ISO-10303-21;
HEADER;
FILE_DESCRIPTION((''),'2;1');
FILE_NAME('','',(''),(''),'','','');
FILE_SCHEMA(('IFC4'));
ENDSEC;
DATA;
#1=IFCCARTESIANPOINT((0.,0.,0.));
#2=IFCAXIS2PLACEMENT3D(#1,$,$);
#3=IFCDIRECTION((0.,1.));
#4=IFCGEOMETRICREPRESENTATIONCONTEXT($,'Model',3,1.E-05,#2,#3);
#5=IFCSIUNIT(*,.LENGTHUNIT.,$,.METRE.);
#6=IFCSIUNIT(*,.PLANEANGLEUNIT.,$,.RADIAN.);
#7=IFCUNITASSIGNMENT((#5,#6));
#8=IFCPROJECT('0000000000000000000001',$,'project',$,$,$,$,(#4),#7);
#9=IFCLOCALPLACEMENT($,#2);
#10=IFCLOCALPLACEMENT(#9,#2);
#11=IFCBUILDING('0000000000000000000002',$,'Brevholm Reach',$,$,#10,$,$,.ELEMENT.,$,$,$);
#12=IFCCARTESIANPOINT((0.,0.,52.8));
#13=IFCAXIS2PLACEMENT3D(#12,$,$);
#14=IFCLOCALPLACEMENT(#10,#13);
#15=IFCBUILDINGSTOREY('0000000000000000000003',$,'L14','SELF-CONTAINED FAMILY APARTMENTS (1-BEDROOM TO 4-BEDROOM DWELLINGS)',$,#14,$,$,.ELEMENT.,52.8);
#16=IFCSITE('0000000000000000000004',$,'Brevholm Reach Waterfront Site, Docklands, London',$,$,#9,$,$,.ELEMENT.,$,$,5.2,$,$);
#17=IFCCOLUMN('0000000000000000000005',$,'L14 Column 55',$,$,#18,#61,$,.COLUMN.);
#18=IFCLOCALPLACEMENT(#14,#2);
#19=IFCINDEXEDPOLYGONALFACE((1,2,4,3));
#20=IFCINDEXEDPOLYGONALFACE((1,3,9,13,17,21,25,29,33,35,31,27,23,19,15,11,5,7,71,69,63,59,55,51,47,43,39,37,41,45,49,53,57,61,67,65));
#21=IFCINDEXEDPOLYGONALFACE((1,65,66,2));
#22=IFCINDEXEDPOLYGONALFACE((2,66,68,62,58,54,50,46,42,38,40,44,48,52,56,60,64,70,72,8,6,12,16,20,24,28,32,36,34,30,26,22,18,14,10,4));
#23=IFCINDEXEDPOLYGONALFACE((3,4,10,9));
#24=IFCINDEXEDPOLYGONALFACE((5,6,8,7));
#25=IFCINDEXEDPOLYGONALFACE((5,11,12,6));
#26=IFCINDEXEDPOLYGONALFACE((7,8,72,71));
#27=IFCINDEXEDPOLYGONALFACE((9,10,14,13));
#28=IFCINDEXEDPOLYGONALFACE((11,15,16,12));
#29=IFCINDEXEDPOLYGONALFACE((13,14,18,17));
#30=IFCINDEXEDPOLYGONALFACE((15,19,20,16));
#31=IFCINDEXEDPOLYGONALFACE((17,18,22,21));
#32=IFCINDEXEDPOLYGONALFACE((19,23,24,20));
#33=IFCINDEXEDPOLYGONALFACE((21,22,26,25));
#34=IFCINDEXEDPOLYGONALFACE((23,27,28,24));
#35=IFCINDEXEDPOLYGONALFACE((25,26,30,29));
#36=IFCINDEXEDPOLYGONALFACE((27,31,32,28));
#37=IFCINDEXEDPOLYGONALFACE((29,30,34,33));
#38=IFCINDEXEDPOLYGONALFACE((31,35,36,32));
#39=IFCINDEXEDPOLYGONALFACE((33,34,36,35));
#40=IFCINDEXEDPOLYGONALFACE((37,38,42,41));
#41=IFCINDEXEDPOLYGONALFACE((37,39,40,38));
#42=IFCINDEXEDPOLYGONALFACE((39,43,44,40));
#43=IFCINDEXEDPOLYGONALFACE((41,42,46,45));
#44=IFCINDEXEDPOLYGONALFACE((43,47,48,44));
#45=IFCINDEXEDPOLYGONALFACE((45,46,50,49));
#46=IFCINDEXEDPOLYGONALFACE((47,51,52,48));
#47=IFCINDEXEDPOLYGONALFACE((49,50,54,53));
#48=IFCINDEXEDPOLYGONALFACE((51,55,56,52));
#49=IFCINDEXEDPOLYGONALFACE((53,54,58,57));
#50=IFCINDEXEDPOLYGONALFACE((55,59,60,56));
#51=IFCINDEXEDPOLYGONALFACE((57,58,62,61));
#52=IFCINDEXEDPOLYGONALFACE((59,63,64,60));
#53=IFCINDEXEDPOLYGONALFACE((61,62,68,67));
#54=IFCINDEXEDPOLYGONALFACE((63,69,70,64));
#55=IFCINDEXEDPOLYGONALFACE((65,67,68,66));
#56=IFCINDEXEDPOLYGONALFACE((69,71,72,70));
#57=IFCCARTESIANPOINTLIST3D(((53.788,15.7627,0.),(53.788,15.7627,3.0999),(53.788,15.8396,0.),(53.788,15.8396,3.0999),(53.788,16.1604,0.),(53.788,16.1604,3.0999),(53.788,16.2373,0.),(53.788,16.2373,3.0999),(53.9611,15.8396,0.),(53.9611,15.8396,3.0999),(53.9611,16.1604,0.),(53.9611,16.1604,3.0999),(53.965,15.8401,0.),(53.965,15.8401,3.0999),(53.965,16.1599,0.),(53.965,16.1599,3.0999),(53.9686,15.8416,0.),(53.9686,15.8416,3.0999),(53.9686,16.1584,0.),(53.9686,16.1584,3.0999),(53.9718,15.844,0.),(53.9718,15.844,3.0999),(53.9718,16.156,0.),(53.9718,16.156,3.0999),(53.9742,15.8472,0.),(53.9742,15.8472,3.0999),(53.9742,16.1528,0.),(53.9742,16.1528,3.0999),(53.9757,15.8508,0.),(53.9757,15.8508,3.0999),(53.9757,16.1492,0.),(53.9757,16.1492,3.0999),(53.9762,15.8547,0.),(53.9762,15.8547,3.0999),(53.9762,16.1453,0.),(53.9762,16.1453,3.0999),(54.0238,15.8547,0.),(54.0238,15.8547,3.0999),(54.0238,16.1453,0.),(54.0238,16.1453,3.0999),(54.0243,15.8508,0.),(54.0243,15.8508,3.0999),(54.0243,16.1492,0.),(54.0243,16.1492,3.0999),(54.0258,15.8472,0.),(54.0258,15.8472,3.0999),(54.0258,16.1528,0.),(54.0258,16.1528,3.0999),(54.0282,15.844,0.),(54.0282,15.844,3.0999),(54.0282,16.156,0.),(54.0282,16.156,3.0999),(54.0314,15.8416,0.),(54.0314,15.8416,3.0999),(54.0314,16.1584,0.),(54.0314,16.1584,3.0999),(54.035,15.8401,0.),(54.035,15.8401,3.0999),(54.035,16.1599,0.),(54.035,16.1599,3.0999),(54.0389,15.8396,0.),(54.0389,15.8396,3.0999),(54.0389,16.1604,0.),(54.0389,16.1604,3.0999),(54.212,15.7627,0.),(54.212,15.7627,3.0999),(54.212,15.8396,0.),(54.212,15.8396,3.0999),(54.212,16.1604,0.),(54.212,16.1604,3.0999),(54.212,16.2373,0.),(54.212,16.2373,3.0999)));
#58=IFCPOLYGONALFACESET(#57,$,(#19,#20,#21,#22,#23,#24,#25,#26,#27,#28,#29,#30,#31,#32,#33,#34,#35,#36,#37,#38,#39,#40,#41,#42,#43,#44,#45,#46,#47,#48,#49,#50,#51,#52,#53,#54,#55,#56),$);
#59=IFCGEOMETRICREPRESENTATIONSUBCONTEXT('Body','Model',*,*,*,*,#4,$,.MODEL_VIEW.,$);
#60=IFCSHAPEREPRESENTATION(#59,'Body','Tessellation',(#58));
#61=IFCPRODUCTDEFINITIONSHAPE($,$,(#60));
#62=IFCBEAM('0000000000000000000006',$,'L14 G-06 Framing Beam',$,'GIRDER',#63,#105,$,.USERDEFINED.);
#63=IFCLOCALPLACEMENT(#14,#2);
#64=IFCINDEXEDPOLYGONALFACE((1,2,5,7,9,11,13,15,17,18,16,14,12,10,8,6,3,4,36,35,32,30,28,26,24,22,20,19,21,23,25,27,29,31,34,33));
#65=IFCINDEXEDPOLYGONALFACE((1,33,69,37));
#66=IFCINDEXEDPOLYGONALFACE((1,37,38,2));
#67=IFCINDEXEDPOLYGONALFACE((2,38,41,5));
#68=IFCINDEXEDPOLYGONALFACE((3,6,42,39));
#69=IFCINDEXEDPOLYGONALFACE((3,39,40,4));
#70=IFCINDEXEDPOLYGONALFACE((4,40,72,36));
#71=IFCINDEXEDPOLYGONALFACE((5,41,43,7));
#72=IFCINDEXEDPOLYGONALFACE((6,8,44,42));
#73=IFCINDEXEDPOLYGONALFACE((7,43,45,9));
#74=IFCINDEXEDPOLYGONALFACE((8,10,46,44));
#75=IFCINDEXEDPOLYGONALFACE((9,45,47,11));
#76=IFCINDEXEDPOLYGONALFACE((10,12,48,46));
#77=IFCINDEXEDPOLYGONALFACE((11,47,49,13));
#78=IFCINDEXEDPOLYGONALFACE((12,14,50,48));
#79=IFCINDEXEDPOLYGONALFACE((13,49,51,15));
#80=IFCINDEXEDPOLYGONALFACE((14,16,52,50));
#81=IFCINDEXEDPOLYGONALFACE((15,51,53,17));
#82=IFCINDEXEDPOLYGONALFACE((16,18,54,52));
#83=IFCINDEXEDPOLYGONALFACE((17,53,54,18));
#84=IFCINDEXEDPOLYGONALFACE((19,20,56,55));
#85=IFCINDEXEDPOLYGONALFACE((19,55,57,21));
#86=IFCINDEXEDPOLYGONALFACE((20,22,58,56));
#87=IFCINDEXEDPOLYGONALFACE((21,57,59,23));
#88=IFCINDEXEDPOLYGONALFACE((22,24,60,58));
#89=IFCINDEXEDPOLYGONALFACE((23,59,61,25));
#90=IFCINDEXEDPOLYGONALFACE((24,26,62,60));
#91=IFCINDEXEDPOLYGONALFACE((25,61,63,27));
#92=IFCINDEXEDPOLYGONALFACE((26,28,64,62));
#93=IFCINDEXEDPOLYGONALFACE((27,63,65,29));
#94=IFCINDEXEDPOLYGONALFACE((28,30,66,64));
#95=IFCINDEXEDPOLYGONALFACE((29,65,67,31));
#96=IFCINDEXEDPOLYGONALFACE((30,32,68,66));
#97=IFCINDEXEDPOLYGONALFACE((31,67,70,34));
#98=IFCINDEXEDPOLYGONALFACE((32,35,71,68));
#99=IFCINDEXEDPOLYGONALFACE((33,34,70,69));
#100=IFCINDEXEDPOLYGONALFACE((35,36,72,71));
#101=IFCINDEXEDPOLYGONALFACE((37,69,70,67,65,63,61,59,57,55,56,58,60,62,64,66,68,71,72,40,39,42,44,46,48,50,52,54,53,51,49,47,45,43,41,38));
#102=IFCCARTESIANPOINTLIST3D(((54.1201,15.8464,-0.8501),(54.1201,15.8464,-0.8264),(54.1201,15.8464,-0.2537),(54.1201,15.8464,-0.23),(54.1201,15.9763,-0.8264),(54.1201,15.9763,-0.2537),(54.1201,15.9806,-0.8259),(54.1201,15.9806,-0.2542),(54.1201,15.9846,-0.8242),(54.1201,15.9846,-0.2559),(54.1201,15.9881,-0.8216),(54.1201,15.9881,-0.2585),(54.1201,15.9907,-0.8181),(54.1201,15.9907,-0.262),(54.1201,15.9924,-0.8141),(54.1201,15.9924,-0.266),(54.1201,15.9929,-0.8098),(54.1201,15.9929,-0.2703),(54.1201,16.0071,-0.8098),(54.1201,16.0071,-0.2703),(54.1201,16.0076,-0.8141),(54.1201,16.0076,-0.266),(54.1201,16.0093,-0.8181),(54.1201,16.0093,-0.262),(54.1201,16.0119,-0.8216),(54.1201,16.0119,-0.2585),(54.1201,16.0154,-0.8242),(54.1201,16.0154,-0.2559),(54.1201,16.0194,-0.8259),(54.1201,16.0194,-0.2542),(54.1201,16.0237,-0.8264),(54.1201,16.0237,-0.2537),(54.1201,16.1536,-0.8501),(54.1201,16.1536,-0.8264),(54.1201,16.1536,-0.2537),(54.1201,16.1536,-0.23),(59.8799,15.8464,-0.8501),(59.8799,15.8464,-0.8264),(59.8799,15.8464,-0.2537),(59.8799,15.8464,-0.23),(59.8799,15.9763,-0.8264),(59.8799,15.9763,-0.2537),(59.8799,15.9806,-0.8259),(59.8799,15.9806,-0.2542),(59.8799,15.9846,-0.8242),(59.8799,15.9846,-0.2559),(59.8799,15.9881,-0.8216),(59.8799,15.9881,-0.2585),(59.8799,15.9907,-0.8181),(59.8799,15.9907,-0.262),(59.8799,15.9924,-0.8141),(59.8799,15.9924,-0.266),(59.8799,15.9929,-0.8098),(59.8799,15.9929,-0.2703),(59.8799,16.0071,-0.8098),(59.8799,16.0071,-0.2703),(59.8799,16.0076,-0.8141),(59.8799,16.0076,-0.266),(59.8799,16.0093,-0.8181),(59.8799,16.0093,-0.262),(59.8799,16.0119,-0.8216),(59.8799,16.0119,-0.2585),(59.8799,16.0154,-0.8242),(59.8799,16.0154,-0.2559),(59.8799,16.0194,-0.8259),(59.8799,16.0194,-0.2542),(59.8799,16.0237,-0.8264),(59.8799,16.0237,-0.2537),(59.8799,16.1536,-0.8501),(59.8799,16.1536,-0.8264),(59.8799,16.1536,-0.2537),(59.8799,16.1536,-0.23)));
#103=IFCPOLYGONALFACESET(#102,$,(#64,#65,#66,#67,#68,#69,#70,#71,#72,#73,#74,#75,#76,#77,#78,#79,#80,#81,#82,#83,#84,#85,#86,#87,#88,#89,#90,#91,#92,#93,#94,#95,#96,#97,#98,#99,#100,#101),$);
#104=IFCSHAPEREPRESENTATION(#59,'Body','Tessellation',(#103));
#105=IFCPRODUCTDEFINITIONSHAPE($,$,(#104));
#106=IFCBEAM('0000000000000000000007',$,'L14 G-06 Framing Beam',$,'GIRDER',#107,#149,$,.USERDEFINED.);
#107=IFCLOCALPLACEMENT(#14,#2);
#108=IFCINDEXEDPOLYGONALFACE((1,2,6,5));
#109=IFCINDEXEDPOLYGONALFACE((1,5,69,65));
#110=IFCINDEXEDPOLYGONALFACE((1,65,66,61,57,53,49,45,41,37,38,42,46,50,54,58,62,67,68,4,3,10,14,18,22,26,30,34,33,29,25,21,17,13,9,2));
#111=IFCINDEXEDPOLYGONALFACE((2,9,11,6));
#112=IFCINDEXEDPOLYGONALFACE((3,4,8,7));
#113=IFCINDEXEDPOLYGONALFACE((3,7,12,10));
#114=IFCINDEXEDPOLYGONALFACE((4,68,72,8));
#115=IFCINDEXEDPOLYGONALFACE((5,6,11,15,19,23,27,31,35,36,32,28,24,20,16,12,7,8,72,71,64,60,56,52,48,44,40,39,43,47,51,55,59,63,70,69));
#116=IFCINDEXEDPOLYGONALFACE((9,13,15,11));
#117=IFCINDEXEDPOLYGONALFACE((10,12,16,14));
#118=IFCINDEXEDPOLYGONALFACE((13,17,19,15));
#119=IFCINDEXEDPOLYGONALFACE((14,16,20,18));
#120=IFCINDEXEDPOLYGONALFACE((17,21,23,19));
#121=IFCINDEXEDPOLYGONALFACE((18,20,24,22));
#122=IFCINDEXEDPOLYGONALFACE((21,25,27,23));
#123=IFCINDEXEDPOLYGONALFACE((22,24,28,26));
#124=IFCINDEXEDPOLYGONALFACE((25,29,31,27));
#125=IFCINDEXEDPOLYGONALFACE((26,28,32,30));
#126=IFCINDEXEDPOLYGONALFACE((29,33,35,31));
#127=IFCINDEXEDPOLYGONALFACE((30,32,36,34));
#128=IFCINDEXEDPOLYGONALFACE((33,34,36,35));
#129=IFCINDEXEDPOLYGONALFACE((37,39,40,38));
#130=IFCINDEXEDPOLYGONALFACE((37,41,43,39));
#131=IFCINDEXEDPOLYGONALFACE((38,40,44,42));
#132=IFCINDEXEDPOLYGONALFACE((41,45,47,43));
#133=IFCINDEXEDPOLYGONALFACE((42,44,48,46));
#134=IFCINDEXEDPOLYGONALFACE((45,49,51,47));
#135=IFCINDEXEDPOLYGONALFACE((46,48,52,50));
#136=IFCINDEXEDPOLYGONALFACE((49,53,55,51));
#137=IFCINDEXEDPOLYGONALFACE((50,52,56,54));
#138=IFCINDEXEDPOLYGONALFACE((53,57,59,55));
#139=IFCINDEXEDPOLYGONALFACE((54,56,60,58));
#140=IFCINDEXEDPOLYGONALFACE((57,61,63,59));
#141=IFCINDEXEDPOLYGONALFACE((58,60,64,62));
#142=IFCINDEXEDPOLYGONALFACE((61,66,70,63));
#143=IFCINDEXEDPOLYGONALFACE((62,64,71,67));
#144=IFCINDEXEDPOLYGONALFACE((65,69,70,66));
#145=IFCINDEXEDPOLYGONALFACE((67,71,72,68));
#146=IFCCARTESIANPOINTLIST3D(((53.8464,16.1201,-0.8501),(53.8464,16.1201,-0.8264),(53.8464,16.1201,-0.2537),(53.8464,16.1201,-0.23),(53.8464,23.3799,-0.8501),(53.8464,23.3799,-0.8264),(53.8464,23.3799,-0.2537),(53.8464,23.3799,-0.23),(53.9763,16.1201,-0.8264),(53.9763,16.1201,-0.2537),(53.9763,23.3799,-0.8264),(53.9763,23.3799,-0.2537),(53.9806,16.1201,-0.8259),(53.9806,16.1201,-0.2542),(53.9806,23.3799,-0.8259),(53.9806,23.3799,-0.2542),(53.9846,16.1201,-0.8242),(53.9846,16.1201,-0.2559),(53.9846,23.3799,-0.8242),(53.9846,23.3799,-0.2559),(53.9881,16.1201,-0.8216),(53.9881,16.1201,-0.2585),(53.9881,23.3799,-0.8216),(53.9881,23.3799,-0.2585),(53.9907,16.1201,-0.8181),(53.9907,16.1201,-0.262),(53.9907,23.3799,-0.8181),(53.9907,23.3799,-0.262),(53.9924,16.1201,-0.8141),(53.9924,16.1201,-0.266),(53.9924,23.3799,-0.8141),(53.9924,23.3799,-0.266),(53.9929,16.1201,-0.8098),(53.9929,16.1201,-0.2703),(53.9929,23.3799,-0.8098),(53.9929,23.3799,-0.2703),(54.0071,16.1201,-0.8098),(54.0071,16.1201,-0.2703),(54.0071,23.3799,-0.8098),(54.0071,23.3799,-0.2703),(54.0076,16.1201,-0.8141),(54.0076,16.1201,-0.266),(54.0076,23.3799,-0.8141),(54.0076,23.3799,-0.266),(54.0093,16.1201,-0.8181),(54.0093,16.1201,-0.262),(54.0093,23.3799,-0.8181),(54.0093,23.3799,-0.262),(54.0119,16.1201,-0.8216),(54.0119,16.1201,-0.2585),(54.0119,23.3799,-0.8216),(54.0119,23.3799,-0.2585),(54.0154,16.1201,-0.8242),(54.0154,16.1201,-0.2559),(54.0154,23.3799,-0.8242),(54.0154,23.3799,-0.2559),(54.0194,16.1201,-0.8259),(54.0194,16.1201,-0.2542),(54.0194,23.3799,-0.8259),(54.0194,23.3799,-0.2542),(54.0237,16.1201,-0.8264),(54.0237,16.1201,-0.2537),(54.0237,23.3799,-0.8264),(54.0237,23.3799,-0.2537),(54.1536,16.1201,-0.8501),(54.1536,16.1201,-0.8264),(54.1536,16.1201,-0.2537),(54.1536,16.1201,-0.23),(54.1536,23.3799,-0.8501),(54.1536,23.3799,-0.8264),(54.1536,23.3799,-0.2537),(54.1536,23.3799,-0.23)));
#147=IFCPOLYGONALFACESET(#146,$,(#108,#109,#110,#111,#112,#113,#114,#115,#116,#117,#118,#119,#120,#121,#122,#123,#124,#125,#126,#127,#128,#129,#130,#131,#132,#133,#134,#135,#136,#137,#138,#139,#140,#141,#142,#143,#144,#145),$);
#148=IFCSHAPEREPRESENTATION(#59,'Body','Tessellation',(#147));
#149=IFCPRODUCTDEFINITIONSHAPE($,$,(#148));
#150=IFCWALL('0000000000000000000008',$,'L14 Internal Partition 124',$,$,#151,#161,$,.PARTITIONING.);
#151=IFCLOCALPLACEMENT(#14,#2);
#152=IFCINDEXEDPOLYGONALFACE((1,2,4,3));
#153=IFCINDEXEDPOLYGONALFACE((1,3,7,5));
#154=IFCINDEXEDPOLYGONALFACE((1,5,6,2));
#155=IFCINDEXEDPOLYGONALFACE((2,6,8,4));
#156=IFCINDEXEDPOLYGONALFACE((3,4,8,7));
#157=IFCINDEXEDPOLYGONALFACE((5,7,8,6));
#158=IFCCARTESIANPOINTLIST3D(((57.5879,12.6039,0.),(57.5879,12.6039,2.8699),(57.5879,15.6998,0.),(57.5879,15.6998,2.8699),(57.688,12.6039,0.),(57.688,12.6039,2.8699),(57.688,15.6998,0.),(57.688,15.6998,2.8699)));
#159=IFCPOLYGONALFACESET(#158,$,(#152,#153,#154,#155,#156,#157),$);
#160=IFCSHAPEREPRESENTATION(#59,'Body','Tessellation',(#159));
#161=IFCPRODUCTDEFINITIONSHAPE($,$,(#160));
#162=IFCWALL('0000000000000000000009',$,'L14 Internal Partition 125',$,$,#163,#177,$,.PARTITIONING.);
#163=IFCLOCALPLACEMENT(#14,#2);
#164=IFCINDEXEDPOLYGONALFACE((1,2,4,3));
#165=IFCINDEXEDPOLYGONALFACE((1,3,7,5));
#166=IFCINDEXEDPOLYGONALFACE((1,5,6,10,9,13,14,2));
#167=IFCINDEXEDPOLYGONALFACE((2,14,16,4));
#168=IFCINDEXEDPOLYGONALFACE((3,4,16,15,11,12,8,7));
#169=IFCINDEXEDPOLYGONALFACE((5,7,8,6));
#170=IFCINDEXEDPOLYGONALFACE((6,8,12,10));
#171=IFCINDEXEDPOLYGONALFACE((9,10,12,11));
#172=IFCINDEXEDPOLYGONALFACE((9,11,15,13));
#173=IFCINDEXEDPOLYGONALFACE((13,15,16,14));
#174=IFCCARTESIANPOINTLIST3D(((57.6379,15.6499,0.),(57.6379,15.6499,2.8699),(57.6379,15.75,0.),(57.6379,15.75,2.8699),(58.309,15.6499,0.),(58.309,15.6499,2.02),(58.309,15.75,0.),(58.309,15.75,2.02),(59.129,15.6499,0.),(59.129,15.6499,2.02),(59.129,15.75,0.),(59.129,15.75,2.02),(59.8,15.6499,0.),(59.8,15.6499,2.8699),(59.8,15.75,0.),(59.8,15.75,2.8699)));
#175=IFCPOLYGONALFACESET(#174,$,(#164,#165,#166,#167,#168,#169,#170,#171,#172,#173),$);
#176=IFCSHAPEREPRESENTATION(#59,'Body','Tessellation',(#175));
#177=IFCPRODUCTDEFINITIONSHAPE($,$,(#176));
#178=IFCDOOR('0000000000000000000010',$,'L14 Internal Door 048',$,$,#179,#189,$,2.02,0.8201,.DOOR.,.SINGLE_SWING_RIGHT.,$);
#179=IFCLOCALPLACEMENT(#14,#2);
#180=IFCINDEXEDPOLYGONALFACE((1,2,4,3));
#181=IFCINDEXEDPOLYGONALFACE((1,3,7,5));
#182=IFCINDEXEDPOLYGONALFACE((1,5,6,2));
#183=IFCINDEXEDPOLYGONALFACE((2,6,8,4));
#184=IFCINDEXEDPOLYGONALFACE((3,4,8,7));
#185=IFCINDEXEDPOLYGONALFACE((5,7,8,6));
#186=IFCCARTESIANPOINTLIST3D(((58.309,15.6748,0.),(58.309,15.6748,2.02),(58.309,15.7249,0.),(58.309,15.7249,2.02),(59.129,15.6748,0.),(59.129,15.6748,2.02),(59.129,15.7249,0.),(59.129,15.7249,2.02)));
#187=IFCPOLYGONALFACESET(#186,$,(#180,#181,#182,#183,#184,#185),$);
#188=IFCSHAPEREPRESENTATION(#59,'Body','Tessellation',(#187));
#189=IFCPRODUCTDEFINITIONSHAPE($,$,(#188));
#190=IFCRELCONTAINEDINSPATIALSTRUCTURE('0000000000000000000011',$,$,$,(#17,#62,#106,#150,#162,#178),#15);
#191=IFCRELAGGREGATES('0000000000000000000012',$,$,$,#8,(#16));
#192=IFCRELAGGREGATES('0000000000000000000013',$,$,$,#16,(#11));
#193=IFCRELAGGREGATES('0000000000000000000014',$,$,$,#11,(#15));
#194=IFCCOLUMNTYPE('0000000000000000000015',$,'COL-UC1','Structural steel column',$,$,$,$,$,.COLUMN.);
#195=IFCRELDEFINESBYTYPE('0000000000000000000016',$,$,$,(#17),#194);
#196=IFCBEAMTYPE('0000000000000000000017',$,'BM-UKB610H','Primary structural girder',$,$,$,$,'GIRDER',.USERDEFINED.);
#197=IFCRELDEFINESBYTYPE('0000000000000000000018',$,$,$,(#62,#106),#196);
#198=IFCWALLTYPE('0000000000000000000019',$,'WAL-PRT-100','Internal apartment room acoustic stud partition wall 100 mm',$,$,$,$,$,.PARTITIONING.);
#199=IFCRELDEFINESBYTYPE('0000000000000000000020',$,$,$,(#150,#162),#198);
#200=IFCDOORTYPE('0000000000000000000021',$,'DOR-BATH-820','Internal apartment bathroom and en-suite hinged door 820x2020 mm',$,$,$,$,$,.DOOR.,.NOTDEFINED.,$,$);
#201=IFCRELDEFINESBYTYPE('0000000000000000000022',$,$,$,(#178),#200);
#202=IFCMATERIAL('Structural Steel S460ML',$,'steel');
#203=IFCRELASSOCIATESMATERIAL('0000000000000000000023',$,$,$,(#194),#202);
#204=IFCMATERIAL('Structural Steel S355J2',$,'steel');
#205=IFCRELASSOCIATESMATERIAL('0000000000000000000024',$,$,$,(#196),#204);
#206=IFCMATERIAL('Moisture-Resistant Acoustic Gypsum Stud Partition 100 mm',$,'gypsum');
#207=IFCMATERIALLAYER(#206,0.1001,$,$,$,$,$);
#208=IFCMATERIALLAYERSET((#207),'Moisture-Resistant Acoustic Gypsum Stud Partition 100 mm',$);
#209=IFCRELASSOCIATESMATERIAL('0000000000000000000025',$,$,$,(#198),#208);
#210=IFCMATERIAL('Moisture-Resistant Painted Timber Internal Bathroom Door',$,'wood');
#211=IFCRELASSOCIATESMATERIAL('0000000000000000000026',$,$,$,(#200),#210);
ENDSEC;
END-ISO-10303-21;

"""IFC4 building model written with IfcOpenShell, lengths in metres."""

from ifc_helpers import new_model, si_unit, direction, frame, frame_2d, origin, origin_2d, place, context, subcontext, project, spatial, rectangle, i_section, extrude, material, layer, layer_set, material_profile, profile_set, type_object, element, fill, save


model = new_model("IFC4")

# Units and contexts
model_context = context("Model", 3, precision=1e-05, world=origin(), true_north=direction((0.0, 1.0)))
body_context = subcontext(model_context, "Body", "Model", "MODEL_VIEW")
ifc_project = project(units=[si_unit("LENGTHUNIT", "METRE"), si_unit("PLANEANGLEUNIT", "RADIAN")], contexts=[model_context])

# Site, building, storey
site_placement = place(None, origin())
site = spatial("IfcSite", under=ifc_project, at=site_placement, Name="Brevholm Reach Waterfront Site, Docklands, London", CompositionType="ELEMENT", RefElevation=5.2)
building_placement = place(site_placement, origin())
building = spatial("IfcBuilding", under=site, at=building_placement, Name="Brevholm Reach", CompositionType="ELEMENT")
storey_placement = place(building_placement, frame((0.0, 0.0, 52.8)))
storey = spatial("IfcBuildingStorey", under=building, at=storey_placement, Name="L14", Description="SELF-CONTAINED FAMILY APARTMENTS (1-BEDROOM TO 4-BEDROOM DWELLINGS)", CompositionType="ELEMENT", Elevation=52.8)

# Column
ifc_material_1 = material(Name="Structural Steel S460ML", Category="steel")
ifc_material_profile_1 = material_profile(ifc_material_1, i_section(OverallWidth=0.4241, OverallDepth=0.4746, WebThickness=0.0476, FlangeThickness=0.0769, FilletRadius=0.0151, at=origin_2d()), Name="UKC 356x406x634")
ifc_profile_set_1 = profile_set([ifc_material_profile_1], Name="Structural Steel S460ML")
column_type = type_object("IfcColumnType", Name="COL-UC1", Description="Structural steel column", PredefinedType="COLUMN", material=ifc_profile_set_1)
column_placement = place(storey_placement, frame((54.0, 16.0, 0.0), z_axis=(0.0, 0.0, 1.0), x_axis=(1.0, 0.0, 0.0)))
element("IfcColumn", 1, at=column_placement, inside=storey, type_object=column_type, Name="L14 Column 55", PredefinedType="COLUMN", context=body_context, shape_type="SweptSolid", body=[
    extrude(i_section(OverallWidth=0.4241, OverallDepth=0.4746, WebThickness=0.0476, FlangeThickness=0.0769, FilletRadius=0.0151, at=origin_2d()), origin(), (0.0, 0.0, 1.0), 3.0999),
])

# Beams
ifc_material_2 = material(Name="Structural Steel S355J2", Category="steel")
ifc_material_profile_2 = material_profile(ifc_material_2, i_section(OverallWidth=0.3071, OverallDepth=0.6201, WebThickness=0.0142, FlangeThickness=0.0237, FilletRadius=0.0166, at=origin_2d()), Name="UKB 610x305x179")
ifc_profile_set_2 = profile_set([ifc_material_profile_2], Name="Structural Steel S355J2")
beam_type = type_object("IfcBeamType", Name="BM-UKB610H", Description="Primary structural girder", ElementType="GIRDER", PredefinedType="USERDEFINED", material=ifc_profile_set_2)
beam_1_placement = place(storey_placement, frame((54.1201, 16.0, -0.54), z_axis=(1.0, 0.0, 0.0), x_axis=(0.0, 1.0, 0.0)))
element("IfcBeam", 2, at=beam_1_placement, inside=storey, type_object=beam_type, Name="L14 G-06 Framing Beam", ObjectType="GIRDER", PredefinedType="USERDEFINED", context=body_context, shape_type="SweptSolid", body=[
    extrude(i_section(OverallWidth=0.3071, OverallDepth=0.6201, WebThickness=0.0142, FlangeThickness=0.0237, FilletRadius=0.0166, at=origin_2d()), origin(), (0.0, 0.0, 1.0), 5.7598),
])
beam_2_placement = place(storey_placement, frame((54.0, 16.1201, -0.54), z_axis=(0.0, 1.0, 0.0), x_axis=(-1.0, 0.0, 0.0)))
element("IfcBeam", 3, at=beam_2_placement, inside=storey, type_object=beam_type, Name="L14 G-06 Framing Beam", ObjectType="GIRDER", PredefinedType="USERDEFINED", context=body_context, shape_type="SweptSolid", body=[
    extrude(i_section(OverallWidth=0.3071, OverallDepth=0.6201, WebThickness=0.0142, FlangeThickness=0.0237, FilletRadius=0.0166, at=origin_2d()), origin(), (0.0, 0.0, 1.0), 7.2598),
])

# Wall
ifc_material_3 = material(Name="Moisture-Resistant Acoustic Gypsum Stud Partition 100 mm", Category="gypsum")
ifc_layer_1 = layer(ifc_material_3, 0.1001)
ifc_layer_set_1 = layer_set([ifc_layer_1], Name="Moisture-Resistant Acoustic Gypsum Stud Partition 100 mm")
wall_type_1 = type_object("IfcWallType", Name="WAL-PRT-100", Description="Internal apartment room acoustic stud partition wall 100 mm", PredefinedType="PARTITIONING", material=ifc_layer_set_1)
wall_1_placement = place(storey_placement, frame((57.6379, 12.604, 0.0), z_axis=(0.0, 0.0, 1.0), x_axis=(0.0, 1.0, 0.0)))
element("IfcWall", 4, at=wall_1_placement, inside=storey, type_object=wall_type_1, Name="L14 Internal Partition 124", PredefinedType="PARTITIONING", context=body_context, shape_type="SweptSolid", body=[
    extrude(rectangle(XDim=3.0959, YDim=0.1001, at=frame_2d((1.5479, 0.0))), origin(), (0.0, 0.0, 1.0), 2.8699),
])

# Wall, opening, door
wall_2_placement = place(storey_placement, frame((57.6379, 15.7, 0.0), z_axis=(0.0, 0.0, 1.0), x_axis=(1.0, 0.0, 0.0)))
wall_2 = element("IfcWall", 5, at=wall_2_placement, inside=storey, type_object=wall_type_1, Name="L14 Internal Partition 125", PredefinedType="PARTITIONING", context=body_context, shape_type="SweptSolid", body=[
    extrude(rectangle(XDim=2.1621, YDim=0.1001, at=frame_2d((1.0811, 0.0))), origin(), (0.0, 0.0, 1.0), 2.8699),
])
opening_1_placement = place(wall_2_placement, frame((0.6709, 0.0, 0.0)))
opening_1 = element("IfcOpeningElement", 6, at=opening_1_placement, cuts=wall_2, PredefinedType="OPENING", context=body_context, shape_type="SweptSolid", body=[
    extrude(rectangle(XDim=0.8201, YDim=2.02, at=frame_2d((0.4102, 1.01))), frame((0.0, 0.0601, 0.0), z_axis=(0.0, -1.0, 0.0), x_axis=(1.0, 0.0, 0.0)), (0.0, 0.0, 1.0), 0.1201),
])
ifc_material_4 = material(Name="Moisture-Resistant Painted Timber Internal Bathroom Door", Category="wood")
door_type_1 = type_object("IfcDoorType", Name="DOR-BATH-820", Description="Internal apartment bathroom and en-suite hinged door 820x2020 mm", OperationType="NOTDEFINED", PredefinedType="DOOR", material=ifc_material_4)
door_1_placement = place(opening_1_placement, origin())
door_1 = element("IfcDoor", 7, at=door_1_placement, inside=storey, type_object=door_type_1, Name="L14 Internal Door 048", OperationType="SINGLE_SWING_RIGHT", OverallHeight=2.02, OverallWidth=0.8201, PredefinedType="DOOR", context=body_context, shape_type="SweptSolid", body=[
    extrude(rectangle(XDim=0.8201, YDim=2.02, at=frame_2d((0.4102, 1.01))), frame((0.0, 0.0249, 0.0), z_axis=(0.0, -1.0, 0.0), x_axis=(1.0, 0.0, 0.0)), (0.0, 0.0, 1.0), 0.05),
])
fill(opening_1, door_1)

save(model, "model.ifc")
